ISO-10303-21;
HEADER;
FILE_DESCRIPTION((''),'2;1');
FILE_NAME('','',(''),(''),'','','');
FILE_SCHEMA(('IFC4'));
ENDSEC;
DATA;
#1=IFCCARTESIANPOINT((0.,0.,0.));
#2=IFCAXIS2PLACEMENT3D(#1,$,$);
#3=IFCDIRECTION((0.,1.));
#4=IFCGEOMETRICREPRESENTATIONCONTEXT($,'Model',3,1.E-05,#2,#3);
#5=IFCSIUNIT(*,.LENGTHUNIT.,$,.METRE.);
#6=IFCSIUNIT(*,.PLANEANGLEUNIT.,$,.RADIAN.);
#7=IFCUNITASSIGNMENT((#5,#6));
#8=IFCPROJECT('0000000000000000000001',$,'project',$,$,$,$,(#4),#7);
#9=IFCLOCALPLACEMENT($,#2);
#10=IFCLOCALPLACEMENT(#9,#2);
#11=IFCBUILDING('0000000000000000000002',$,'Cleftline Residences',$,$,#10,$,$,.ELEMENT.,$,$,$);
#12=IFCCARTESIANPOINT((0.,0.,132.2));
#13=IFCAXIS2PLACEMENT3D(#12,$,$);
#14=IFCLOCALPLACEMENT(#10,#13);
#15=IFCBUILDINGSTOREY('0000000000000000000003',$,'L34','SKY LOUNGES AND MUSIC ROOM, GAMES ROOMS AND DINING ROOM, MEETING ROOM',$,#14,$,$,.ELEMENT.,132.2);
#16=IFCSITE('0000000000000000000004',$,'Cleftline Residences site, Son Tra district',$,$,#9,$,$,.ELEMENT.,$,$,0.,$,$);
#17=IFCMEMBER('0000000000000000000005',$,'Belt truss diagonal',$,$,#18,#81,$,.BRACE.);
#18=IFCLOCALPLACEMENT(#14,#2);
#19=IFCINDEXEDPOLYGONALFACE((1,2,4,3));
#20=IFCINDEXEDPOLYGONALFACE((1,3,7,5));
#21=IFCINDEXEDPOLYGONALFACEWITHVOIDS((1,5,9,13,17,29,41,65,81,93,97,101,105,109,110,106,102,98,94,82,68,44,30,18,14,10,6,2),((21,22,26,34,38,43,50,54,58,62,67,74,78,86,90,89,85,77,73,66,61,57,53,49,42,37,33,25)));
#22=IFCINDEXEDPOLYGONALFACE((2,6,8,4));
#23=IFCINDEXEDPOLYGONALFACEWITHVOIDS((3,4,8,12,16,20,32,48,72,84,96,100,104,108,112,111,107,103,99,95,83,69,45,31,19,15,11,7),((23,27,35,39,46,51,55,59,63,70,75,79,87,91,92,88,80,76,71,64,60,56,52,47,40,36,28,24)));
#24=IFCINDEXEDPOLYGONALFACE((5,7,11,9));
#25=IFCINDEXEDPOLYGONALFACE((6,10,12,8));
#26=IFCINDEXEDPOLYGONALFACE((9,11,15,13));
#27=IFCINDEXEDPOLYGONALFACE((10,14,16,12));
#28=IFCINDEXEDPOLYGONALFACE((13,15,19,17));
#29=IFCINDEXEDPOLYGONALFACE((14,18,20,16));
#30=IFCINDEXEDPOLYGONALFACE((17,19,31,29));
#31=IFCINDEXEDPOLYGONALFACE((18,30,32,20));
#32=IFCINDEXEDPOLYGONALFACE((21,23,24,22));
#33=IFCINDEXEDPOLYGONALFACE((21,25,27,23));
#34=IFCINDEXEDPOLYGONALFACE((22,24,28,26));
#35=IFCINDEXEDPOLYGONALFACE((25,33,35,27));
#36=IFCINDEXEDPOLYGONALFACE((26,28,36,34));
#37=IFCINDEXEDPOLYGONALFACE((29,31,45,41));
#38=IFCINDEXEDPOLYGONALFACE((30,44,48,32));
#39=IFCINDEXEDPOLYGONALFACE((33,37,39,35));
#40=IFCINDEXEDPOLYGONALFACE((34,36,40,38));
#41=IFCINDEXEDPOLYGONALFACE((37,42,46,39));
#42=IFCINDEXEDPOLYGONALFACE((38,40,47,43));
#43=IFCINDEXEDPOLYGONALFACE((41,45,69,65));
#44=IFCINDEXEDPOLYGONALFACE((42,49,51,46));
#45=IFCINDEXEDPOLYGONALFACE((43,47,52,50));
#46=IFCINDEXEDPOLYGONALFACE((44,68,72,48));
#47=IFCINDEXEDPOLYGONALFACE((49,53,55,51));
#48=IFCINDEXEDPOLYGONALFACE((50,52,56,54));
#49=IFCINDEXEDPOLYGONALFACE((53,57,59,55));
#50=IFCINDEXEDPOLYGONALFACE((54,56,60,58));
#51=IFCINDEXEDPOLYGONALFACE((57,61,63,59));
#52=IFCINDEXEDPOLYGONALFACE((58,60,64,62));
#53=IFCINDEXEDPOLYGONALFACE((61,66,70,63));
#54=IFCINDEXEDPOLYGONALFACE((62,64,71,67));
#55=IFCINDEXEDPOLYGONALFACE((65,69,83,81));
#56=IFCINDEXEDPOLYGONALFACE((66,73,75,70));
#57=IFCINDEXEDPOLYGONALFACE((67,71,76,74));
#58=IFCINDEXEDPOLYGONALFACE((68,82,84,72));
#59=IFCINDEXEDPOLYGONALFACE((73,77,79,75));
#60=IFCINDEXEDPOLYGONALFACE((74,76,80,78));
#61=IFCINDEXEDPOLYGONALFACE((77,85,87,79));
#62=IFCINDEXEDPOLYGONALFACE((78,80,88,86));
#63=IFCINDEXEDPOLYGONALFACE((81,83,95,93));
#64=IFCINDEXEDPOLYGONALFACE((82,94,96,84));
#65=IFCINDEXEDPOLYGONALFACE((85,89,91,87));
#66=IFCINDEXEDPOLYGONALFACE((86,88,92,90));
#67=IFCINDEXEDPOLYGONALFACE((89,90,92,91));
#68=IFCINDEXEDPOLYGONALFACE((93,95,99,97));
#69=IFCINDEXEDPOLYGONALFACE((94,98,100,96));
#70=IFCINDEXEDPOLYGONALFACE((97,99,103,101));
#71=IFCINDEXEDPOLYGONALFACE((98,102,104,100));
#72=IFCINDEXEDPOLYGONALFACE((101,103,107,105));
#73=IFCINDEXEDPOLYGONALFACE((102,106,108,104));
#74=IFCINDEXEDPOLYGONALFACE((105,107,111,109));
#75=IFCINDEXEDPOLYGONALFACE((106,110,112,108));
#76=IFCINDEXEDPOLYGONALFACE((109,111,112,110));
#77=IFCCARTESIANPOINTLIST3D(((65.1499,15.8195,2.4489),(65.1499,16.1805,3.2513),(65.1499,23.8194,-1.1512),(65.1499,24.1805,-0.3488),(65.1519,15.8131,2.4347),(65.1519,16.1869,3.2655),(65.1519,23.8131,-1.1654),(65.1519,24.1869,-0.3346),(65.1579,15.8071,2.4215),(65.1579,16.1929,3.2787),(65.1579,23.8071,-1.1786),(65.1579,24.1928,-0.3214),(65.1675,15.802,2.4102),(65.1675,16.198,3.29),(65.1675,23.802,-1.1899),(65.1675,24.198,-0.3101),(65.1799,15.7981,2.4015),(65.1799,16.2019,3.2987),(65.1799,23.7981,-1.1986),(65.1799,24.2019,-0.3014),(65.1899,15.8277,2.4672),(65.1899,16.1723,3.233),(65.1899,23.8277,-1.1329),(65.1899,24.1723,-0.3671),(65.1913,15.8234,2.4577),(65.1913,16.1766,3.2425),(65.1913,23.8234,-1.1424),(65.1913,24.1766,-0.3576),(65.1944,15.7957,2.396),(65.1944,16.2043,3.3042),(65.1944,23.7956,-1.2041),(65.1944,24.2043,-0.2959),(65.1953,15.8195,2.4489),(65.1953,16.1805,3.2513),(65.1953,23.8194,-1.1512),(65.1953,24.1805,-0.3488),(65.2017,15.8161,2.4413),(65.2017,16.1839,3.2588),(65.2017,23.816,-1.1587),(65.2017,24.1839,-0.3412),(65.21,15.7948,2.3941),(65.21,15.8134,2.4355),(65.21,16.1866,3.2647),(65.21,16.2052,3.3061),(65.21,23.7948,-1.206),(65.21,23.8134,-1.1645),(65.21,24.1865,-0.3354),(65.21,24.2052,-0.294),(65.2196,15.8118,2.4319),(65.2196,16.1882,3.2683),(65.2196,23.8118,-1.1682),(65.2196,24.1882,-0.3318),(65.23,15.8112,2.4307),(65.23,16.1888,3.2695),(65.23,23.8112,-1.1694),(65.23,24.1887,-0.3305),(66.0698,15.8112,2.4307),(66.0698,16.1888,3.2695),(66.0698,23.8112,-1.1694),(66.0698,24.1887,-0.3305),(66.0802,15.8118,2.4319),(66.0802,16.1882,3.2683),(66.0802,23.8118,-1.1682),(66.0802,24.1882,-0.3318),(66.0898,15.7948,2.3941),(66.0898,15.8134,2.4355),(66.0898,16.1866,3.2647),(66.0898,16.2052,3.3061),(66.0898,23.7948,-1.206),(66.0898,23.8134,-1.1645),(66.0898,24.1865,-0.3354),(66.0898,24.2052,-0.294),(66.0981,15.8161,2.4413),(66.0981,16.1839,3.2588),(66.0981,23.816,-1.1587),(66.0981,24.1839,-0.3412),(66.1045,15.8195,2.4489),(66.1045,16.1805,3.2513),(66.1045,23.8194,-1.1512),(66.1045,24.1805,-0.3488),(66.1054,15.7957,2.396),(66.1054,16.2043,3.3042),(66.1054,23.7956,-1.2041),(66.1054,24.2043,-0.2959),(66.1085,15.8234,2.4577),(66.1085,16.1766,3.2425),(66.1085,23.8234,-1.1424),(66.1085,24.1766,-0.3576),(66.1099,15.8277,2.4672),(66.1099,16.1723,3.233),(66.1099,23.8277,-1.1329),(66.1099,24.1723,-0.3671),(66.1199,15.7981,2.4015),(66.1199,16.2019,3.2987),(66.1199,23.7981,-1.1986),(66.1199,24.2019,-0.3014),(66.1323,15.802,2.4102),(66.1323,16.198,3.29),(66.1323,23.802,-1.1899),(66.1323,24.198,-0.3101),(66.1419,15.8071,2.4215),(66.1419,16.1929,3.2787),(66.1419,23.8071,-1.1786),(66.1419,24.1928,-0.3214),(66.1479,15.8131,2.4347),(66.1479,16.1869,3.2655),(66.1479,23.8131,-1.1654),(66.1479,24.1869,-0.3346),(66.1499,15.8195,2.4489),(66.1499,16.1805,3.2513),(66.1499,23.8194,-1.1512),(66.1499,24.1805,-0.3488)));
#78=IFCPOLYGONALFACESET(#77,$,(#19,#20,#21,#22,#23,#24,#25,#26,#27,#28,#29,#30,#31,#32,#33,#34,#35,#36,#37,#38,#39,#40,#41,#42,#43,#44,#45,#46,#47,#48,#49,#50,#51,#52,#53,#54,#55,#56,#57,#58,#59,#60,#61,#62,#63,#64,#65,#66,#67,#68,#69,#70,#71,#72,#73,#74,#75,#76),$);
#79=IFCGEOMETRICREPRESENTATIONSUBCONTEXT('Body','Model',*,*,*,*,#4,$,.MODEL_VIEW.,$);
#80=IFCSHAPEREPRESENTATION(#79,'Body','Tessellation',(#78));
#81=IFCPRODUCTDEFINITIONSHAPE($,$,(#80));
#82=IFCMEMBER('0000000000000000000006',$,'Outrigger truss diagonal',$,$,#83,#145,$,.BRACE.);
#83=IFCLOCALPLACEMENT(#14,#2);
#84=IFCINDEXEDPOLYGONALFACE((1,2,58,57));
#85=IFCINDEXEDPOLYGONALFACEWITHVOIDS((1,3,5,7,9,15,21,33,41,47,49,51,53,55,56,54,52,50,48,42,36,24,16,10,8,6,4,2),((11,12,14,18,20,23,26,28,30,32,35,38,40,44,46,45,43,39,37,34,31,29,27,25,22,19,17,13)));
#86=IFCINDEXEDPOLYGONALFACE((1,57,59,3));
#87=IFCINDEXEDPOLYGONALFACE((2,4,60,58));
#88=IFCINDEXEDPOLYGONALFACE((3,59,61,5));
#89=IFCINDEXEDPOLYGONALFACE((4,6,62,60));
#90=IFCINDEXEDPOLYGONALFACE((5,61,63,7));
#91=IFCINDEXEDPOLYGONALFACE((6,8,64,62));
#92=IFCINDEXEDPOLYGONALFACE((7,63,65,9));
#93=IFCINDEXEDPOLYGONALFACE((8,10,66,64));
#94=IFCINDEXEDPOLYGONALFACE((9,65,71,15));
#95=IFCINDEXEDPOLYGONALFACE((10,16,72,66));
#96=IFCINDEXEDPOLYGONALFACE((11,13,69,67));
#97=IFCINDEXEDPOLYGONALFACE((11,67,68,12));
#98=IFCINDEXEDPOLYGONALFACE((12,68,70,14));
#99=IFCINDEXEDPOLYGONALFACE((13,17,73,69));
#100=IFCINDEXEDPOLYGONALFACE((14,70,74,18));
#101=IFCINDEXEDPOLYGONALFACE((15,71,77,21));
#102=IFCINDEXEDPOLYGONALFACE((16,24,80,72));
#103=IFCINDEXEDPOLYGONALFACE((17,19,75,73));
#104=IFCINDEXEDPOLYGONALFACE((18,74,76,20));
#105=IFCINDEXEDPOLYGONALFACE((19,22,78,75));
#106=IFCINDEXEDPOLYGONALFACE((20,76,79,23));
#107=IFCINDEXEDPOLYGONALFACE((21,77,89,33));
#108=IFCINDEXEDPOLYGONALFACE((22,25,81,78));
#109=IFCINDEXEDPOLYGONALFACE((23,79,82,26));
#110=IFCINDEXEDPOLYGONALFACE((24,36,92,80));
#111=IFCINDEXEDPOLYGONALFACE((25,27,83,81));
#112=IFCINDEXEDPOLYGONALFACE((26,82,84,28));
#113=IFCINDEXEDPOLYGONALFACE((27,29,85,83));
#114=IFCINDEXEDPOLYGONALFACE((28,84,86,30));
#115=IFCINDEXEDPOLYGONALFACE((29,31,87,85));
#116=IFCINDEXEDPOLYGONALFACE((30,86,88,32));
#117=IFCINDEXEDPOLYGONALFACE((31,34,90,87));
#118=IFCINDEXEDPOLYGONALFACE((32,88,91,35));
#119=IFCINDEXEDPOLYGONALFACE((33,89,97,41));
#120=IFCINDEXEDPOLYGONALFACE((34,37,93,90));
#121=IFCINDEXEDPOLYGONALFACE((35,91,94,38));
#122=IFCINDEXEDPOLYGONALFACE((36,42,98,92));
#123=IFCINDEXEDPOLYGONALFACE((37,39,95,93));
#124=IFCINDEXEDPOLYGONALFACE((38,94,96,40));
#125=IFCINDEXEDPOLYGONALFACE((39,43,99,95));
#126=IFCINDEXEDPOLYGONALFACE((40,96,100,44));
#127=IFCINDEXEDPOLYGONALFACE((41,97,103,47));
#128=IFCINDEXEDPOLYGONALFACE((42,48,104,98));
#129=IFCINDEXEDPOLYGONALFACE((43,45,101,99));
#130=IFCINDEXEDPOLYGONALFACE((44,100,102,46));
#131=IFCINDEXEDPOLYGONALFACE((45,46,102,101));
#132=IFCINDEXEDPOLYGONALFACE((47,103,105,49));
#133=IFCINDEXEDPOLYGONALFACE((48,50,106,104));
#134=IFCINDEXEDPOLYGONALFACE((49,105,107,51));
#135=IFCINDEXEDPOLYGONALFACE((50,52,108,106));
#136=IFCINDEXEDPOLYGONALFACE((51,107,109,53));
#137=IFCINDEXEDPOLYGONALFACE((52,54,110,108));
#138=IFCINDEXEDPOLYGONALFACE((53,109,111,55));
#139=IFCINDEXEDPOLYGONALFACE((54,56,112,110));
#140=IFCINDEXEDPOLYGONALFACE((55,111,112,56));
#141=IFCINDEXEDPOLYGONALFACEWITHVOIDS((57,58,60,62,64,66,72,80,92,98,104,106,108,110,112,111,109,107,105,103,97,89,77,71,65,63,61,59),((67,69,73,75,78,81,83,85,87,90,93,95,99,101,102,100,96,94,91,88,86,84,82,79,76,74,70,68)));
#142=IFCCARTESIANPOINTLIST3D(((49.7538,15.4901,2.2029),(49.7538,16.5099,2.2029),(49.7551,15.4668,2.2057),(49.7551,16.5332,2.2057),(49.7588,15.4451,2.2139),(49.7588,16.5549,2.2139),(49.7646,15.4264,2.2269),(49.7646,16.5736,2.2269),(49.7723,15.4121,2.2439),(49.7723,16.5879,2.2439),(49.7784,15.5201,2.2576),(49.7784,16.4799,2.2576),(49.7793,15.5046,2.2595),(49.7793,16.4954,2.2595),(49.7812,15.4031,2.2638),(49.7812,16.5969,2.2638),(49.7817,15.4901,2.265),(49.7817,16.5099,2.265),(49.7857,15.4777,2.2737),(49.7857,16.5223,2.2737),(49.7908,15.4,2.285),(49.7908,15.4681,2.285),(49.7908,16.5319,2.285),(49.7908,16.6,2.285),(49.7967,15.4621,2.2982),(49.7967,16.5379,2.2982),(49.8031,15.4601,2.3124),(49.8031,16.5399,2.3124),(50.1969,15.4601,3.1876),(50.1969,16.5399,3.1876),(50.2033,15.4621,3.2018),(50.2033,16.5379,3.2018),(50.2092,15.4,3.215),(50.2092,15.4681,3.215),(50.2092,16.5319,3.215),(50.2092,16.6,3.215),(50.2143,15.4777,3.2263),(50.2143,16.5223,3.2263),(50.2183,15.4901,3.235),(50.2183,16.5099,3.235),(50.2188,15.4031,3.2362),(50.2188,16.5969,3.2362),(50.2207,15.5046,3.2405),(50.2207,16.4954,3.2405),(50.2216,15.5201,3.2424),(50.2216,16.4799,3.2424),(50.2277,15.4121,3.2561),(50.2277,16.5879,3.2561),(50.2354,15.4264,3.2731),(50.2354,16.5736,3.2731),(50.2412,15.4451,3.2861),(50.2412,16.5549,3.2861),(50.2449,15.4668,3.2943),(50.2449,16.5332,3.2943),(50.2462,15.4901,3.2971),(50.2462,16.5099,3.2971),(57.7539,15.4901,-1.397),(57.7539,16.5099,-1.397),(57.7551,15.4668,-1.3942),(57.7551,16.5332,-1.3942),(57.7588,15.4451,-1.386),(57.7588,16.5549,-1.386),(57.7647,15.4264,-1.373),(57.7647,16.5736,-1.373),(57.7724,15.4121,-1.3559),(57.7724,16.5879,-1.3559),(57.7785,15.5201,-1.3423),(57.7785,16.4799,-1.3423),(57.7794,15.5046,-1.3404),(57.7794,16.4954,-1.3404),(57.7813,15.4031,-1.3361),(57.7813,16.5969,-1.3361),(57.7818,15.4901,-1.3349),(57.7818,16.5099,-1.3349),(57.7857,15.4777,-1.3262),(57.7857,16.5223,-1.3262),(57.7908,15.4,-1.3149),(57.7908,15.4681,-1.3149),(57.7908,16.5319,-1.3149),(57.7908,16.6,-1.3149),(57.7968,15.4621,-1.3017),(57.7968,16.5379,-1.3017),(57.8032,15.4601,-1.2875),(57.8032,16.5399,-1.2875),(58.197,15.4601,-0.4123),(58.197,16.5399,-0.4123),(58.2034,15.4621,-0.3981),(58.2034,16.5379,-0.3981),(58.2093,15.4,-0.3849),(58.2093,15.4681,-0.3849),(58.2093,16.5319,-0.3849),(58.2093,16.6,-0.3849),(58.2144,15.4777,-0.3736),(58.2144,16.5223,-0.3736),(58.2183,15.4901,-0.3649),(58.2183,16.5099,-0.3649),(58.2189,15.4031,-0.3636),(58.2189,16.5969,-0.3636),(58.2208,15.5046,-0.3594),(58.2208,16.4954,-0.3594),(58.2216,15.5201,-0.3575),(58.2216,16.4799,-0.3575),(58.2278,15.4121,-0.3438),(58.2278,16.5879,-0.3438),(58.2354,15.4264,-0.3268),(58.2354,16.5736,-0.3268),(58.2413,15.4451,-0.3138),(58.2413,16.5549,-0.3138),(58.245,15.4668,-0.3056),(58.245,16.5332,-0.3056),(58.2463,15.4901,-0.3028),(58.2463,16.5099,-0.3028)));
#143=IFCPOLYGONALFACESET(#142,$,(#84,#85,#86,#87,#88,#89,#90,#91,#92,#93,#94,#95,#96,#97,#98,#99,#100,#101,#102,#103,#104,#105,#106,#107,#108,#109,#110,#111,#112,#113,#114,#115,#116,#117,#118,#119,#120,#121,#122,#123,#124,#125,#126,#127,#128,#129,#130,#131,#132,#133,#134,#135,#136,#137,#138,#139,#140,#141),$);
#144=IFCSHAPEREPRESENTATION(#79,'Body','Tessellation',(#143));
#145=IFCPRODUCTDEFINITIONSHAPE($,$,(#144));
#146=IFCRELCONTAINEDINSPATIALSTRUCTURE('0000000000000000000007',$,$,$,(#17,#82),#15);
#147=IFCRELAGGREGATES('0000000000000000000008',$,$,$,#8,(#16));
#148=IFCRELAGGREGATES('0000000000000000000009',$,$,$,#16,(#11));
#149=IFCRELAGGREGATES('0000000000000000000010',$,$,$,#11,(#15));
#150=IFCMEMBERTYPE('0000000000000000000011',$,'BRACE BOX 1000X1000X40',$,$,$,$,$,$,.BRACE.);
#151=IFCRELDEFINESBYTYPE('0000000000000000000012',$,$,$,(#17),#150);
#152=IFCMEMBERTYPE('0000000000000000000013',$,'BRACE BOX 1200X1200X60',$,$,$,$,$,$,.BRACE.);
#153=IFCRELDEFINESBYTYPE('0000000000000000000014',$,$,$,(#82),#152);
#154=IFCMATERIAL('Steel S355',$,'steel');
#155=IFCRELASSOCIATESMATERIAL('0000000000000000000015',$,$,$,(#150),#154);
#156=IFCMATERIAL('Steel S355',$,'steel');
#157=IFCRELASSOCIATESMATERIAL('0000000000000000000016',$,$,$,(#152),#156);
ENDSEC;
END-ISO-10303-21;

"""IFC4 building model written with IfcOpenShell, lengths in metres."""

from ifc_helpers import new_model, si_unit, direction, frame, origin, origin_2d, place, context, subcontext, project, spatial, hollow_rectangle, extrude, material, material_profile, profile_set, type_object, element, save


model = new_model("IFC4")

# Units and contexts
model_context = context("Model", 3, precision=1e-05, world=origin(), true_north=direction((0.0, 1.0)))
body_context = subcontext(model_context, "Body", "Model", "MODEL_VIEW")
ifc_project = project(units=[si_unit("LENGTHUNIT", "METRE"), si_unit("PLANEANGLEUNIT", "RADIAN")], contexts=[model_context])

# Site, building, storey
site_placement = place(None, origin())
site = spatial("IfcSite", under=ifc_project, at=site_placement, Name="Cleftline Residences site, Son Tra district", CompositionType="ELEMENT", RefElevation=0.0)
building_placement = place(site_placement, origin())
building = spatial("IfcBuilding", under=site, at=building_placement, Name="Cleftline Residences", CompositionType="ELEMENT")
storey_placement = place(building_placement, frame((0.0, 0.0, 132.2)))
storey = spatial("IfcBuildingStorey", under=building, at=storey_placement, Name="L34", Description="SKY LOUNGES AND MUSIC ROOM, GAMES ROOMS AND DINING ROOM, MEETING ROOM", CompositionType="ELEMENT", Elevation=132.2)

# Members
ifc_material_1 = material(Name="Steel S355", Category="steel")
ifc_material_profile_1 = material_profile(ifc_material_1, hollow_rectangle(XDim=1.0, YDim=1.0, WallThickness=0.04, InnerFilletRadius=0.04, OuterFilletRadius=0.0601, at=origin_2d()))
ifc_profile_set_1 = profile_set([ifc_material_profile_1], Name="Steel S355")
member_type_1 = type_object("IfcMemberType", Name="BRACE BOX 1000X1000X40", PredefinedType="BRACE", material=ifc_profile_set_1)
for number, where, z_axis, x_axis, name in (
    (1, (65.6499, 16.0, 2.8501), (0.0, 0.911917, -0.410374), (0.0, 0.410374, 0.911917), "Belt truss diagonal"),
):
    element("IfcMember", number, at=place(storey_placement, frame(where, z_axis=z_axis, x_axis=x_axis)), inside=storey, type_object=member_type_1, Name=name, PredefinedType="BRACE", context=body_context, shape_type="SweptSolid", body=[
        extrude(hollow_rectangle(XDim=1.0, YDim=1.0, WallThickness=0.04, InnerFilletRadius=0.04, OuterFilletRadius=0.0601, at=origin_2d()), origin(), (0.0, 0.0, 1.0), 8.7727),
    ])
ifc_material_2 = material(Name="Steel S355", Category="steel")
ifc_material_profile_2 = material_profile(ifc_material_2, hollow_rectangle(XDim=1.2, YDim=1.2, WallThickness=0.0601, InnerFilletRadius=0.0601, OuterFilletRadius=0.0901, at=origin_2d()))
ifc_profile_set_2 = profile_set([ifc_material_profile_2], Name="Steel S355")
member_type_2 = type_object("IfcMemberType", Name="BRACE BOX 1200X1200X60", PredefinedType="BRACE", material=ifc_profile_set_2)
member_1_placement = place(storey_placement, frame((50.0, 16.0, 2.75), z_axis=(0.911928, 0.0, -0.410351), x_axis=(0.410351, 0.0, 0.911928)))
element("IfcMember", 2, at=member_1_placement, inside=storey, type_object=member_type_2, Name="Outrigger truss diagonal", PredefinedType="BRACE", context=body_context, shape_type="SweptSolid", body=[
    extrude(hollow_rectangle(XDim=1.2, YDim=1.2, WallThickness=0.0601, InnerFilletRadius=0.0601, OuterFilletRadius=0.0901, at=origin_2d()), origin(), (0.0, 0.0, 1.0), 8.7727),
])

save(model, "model.ifc")
